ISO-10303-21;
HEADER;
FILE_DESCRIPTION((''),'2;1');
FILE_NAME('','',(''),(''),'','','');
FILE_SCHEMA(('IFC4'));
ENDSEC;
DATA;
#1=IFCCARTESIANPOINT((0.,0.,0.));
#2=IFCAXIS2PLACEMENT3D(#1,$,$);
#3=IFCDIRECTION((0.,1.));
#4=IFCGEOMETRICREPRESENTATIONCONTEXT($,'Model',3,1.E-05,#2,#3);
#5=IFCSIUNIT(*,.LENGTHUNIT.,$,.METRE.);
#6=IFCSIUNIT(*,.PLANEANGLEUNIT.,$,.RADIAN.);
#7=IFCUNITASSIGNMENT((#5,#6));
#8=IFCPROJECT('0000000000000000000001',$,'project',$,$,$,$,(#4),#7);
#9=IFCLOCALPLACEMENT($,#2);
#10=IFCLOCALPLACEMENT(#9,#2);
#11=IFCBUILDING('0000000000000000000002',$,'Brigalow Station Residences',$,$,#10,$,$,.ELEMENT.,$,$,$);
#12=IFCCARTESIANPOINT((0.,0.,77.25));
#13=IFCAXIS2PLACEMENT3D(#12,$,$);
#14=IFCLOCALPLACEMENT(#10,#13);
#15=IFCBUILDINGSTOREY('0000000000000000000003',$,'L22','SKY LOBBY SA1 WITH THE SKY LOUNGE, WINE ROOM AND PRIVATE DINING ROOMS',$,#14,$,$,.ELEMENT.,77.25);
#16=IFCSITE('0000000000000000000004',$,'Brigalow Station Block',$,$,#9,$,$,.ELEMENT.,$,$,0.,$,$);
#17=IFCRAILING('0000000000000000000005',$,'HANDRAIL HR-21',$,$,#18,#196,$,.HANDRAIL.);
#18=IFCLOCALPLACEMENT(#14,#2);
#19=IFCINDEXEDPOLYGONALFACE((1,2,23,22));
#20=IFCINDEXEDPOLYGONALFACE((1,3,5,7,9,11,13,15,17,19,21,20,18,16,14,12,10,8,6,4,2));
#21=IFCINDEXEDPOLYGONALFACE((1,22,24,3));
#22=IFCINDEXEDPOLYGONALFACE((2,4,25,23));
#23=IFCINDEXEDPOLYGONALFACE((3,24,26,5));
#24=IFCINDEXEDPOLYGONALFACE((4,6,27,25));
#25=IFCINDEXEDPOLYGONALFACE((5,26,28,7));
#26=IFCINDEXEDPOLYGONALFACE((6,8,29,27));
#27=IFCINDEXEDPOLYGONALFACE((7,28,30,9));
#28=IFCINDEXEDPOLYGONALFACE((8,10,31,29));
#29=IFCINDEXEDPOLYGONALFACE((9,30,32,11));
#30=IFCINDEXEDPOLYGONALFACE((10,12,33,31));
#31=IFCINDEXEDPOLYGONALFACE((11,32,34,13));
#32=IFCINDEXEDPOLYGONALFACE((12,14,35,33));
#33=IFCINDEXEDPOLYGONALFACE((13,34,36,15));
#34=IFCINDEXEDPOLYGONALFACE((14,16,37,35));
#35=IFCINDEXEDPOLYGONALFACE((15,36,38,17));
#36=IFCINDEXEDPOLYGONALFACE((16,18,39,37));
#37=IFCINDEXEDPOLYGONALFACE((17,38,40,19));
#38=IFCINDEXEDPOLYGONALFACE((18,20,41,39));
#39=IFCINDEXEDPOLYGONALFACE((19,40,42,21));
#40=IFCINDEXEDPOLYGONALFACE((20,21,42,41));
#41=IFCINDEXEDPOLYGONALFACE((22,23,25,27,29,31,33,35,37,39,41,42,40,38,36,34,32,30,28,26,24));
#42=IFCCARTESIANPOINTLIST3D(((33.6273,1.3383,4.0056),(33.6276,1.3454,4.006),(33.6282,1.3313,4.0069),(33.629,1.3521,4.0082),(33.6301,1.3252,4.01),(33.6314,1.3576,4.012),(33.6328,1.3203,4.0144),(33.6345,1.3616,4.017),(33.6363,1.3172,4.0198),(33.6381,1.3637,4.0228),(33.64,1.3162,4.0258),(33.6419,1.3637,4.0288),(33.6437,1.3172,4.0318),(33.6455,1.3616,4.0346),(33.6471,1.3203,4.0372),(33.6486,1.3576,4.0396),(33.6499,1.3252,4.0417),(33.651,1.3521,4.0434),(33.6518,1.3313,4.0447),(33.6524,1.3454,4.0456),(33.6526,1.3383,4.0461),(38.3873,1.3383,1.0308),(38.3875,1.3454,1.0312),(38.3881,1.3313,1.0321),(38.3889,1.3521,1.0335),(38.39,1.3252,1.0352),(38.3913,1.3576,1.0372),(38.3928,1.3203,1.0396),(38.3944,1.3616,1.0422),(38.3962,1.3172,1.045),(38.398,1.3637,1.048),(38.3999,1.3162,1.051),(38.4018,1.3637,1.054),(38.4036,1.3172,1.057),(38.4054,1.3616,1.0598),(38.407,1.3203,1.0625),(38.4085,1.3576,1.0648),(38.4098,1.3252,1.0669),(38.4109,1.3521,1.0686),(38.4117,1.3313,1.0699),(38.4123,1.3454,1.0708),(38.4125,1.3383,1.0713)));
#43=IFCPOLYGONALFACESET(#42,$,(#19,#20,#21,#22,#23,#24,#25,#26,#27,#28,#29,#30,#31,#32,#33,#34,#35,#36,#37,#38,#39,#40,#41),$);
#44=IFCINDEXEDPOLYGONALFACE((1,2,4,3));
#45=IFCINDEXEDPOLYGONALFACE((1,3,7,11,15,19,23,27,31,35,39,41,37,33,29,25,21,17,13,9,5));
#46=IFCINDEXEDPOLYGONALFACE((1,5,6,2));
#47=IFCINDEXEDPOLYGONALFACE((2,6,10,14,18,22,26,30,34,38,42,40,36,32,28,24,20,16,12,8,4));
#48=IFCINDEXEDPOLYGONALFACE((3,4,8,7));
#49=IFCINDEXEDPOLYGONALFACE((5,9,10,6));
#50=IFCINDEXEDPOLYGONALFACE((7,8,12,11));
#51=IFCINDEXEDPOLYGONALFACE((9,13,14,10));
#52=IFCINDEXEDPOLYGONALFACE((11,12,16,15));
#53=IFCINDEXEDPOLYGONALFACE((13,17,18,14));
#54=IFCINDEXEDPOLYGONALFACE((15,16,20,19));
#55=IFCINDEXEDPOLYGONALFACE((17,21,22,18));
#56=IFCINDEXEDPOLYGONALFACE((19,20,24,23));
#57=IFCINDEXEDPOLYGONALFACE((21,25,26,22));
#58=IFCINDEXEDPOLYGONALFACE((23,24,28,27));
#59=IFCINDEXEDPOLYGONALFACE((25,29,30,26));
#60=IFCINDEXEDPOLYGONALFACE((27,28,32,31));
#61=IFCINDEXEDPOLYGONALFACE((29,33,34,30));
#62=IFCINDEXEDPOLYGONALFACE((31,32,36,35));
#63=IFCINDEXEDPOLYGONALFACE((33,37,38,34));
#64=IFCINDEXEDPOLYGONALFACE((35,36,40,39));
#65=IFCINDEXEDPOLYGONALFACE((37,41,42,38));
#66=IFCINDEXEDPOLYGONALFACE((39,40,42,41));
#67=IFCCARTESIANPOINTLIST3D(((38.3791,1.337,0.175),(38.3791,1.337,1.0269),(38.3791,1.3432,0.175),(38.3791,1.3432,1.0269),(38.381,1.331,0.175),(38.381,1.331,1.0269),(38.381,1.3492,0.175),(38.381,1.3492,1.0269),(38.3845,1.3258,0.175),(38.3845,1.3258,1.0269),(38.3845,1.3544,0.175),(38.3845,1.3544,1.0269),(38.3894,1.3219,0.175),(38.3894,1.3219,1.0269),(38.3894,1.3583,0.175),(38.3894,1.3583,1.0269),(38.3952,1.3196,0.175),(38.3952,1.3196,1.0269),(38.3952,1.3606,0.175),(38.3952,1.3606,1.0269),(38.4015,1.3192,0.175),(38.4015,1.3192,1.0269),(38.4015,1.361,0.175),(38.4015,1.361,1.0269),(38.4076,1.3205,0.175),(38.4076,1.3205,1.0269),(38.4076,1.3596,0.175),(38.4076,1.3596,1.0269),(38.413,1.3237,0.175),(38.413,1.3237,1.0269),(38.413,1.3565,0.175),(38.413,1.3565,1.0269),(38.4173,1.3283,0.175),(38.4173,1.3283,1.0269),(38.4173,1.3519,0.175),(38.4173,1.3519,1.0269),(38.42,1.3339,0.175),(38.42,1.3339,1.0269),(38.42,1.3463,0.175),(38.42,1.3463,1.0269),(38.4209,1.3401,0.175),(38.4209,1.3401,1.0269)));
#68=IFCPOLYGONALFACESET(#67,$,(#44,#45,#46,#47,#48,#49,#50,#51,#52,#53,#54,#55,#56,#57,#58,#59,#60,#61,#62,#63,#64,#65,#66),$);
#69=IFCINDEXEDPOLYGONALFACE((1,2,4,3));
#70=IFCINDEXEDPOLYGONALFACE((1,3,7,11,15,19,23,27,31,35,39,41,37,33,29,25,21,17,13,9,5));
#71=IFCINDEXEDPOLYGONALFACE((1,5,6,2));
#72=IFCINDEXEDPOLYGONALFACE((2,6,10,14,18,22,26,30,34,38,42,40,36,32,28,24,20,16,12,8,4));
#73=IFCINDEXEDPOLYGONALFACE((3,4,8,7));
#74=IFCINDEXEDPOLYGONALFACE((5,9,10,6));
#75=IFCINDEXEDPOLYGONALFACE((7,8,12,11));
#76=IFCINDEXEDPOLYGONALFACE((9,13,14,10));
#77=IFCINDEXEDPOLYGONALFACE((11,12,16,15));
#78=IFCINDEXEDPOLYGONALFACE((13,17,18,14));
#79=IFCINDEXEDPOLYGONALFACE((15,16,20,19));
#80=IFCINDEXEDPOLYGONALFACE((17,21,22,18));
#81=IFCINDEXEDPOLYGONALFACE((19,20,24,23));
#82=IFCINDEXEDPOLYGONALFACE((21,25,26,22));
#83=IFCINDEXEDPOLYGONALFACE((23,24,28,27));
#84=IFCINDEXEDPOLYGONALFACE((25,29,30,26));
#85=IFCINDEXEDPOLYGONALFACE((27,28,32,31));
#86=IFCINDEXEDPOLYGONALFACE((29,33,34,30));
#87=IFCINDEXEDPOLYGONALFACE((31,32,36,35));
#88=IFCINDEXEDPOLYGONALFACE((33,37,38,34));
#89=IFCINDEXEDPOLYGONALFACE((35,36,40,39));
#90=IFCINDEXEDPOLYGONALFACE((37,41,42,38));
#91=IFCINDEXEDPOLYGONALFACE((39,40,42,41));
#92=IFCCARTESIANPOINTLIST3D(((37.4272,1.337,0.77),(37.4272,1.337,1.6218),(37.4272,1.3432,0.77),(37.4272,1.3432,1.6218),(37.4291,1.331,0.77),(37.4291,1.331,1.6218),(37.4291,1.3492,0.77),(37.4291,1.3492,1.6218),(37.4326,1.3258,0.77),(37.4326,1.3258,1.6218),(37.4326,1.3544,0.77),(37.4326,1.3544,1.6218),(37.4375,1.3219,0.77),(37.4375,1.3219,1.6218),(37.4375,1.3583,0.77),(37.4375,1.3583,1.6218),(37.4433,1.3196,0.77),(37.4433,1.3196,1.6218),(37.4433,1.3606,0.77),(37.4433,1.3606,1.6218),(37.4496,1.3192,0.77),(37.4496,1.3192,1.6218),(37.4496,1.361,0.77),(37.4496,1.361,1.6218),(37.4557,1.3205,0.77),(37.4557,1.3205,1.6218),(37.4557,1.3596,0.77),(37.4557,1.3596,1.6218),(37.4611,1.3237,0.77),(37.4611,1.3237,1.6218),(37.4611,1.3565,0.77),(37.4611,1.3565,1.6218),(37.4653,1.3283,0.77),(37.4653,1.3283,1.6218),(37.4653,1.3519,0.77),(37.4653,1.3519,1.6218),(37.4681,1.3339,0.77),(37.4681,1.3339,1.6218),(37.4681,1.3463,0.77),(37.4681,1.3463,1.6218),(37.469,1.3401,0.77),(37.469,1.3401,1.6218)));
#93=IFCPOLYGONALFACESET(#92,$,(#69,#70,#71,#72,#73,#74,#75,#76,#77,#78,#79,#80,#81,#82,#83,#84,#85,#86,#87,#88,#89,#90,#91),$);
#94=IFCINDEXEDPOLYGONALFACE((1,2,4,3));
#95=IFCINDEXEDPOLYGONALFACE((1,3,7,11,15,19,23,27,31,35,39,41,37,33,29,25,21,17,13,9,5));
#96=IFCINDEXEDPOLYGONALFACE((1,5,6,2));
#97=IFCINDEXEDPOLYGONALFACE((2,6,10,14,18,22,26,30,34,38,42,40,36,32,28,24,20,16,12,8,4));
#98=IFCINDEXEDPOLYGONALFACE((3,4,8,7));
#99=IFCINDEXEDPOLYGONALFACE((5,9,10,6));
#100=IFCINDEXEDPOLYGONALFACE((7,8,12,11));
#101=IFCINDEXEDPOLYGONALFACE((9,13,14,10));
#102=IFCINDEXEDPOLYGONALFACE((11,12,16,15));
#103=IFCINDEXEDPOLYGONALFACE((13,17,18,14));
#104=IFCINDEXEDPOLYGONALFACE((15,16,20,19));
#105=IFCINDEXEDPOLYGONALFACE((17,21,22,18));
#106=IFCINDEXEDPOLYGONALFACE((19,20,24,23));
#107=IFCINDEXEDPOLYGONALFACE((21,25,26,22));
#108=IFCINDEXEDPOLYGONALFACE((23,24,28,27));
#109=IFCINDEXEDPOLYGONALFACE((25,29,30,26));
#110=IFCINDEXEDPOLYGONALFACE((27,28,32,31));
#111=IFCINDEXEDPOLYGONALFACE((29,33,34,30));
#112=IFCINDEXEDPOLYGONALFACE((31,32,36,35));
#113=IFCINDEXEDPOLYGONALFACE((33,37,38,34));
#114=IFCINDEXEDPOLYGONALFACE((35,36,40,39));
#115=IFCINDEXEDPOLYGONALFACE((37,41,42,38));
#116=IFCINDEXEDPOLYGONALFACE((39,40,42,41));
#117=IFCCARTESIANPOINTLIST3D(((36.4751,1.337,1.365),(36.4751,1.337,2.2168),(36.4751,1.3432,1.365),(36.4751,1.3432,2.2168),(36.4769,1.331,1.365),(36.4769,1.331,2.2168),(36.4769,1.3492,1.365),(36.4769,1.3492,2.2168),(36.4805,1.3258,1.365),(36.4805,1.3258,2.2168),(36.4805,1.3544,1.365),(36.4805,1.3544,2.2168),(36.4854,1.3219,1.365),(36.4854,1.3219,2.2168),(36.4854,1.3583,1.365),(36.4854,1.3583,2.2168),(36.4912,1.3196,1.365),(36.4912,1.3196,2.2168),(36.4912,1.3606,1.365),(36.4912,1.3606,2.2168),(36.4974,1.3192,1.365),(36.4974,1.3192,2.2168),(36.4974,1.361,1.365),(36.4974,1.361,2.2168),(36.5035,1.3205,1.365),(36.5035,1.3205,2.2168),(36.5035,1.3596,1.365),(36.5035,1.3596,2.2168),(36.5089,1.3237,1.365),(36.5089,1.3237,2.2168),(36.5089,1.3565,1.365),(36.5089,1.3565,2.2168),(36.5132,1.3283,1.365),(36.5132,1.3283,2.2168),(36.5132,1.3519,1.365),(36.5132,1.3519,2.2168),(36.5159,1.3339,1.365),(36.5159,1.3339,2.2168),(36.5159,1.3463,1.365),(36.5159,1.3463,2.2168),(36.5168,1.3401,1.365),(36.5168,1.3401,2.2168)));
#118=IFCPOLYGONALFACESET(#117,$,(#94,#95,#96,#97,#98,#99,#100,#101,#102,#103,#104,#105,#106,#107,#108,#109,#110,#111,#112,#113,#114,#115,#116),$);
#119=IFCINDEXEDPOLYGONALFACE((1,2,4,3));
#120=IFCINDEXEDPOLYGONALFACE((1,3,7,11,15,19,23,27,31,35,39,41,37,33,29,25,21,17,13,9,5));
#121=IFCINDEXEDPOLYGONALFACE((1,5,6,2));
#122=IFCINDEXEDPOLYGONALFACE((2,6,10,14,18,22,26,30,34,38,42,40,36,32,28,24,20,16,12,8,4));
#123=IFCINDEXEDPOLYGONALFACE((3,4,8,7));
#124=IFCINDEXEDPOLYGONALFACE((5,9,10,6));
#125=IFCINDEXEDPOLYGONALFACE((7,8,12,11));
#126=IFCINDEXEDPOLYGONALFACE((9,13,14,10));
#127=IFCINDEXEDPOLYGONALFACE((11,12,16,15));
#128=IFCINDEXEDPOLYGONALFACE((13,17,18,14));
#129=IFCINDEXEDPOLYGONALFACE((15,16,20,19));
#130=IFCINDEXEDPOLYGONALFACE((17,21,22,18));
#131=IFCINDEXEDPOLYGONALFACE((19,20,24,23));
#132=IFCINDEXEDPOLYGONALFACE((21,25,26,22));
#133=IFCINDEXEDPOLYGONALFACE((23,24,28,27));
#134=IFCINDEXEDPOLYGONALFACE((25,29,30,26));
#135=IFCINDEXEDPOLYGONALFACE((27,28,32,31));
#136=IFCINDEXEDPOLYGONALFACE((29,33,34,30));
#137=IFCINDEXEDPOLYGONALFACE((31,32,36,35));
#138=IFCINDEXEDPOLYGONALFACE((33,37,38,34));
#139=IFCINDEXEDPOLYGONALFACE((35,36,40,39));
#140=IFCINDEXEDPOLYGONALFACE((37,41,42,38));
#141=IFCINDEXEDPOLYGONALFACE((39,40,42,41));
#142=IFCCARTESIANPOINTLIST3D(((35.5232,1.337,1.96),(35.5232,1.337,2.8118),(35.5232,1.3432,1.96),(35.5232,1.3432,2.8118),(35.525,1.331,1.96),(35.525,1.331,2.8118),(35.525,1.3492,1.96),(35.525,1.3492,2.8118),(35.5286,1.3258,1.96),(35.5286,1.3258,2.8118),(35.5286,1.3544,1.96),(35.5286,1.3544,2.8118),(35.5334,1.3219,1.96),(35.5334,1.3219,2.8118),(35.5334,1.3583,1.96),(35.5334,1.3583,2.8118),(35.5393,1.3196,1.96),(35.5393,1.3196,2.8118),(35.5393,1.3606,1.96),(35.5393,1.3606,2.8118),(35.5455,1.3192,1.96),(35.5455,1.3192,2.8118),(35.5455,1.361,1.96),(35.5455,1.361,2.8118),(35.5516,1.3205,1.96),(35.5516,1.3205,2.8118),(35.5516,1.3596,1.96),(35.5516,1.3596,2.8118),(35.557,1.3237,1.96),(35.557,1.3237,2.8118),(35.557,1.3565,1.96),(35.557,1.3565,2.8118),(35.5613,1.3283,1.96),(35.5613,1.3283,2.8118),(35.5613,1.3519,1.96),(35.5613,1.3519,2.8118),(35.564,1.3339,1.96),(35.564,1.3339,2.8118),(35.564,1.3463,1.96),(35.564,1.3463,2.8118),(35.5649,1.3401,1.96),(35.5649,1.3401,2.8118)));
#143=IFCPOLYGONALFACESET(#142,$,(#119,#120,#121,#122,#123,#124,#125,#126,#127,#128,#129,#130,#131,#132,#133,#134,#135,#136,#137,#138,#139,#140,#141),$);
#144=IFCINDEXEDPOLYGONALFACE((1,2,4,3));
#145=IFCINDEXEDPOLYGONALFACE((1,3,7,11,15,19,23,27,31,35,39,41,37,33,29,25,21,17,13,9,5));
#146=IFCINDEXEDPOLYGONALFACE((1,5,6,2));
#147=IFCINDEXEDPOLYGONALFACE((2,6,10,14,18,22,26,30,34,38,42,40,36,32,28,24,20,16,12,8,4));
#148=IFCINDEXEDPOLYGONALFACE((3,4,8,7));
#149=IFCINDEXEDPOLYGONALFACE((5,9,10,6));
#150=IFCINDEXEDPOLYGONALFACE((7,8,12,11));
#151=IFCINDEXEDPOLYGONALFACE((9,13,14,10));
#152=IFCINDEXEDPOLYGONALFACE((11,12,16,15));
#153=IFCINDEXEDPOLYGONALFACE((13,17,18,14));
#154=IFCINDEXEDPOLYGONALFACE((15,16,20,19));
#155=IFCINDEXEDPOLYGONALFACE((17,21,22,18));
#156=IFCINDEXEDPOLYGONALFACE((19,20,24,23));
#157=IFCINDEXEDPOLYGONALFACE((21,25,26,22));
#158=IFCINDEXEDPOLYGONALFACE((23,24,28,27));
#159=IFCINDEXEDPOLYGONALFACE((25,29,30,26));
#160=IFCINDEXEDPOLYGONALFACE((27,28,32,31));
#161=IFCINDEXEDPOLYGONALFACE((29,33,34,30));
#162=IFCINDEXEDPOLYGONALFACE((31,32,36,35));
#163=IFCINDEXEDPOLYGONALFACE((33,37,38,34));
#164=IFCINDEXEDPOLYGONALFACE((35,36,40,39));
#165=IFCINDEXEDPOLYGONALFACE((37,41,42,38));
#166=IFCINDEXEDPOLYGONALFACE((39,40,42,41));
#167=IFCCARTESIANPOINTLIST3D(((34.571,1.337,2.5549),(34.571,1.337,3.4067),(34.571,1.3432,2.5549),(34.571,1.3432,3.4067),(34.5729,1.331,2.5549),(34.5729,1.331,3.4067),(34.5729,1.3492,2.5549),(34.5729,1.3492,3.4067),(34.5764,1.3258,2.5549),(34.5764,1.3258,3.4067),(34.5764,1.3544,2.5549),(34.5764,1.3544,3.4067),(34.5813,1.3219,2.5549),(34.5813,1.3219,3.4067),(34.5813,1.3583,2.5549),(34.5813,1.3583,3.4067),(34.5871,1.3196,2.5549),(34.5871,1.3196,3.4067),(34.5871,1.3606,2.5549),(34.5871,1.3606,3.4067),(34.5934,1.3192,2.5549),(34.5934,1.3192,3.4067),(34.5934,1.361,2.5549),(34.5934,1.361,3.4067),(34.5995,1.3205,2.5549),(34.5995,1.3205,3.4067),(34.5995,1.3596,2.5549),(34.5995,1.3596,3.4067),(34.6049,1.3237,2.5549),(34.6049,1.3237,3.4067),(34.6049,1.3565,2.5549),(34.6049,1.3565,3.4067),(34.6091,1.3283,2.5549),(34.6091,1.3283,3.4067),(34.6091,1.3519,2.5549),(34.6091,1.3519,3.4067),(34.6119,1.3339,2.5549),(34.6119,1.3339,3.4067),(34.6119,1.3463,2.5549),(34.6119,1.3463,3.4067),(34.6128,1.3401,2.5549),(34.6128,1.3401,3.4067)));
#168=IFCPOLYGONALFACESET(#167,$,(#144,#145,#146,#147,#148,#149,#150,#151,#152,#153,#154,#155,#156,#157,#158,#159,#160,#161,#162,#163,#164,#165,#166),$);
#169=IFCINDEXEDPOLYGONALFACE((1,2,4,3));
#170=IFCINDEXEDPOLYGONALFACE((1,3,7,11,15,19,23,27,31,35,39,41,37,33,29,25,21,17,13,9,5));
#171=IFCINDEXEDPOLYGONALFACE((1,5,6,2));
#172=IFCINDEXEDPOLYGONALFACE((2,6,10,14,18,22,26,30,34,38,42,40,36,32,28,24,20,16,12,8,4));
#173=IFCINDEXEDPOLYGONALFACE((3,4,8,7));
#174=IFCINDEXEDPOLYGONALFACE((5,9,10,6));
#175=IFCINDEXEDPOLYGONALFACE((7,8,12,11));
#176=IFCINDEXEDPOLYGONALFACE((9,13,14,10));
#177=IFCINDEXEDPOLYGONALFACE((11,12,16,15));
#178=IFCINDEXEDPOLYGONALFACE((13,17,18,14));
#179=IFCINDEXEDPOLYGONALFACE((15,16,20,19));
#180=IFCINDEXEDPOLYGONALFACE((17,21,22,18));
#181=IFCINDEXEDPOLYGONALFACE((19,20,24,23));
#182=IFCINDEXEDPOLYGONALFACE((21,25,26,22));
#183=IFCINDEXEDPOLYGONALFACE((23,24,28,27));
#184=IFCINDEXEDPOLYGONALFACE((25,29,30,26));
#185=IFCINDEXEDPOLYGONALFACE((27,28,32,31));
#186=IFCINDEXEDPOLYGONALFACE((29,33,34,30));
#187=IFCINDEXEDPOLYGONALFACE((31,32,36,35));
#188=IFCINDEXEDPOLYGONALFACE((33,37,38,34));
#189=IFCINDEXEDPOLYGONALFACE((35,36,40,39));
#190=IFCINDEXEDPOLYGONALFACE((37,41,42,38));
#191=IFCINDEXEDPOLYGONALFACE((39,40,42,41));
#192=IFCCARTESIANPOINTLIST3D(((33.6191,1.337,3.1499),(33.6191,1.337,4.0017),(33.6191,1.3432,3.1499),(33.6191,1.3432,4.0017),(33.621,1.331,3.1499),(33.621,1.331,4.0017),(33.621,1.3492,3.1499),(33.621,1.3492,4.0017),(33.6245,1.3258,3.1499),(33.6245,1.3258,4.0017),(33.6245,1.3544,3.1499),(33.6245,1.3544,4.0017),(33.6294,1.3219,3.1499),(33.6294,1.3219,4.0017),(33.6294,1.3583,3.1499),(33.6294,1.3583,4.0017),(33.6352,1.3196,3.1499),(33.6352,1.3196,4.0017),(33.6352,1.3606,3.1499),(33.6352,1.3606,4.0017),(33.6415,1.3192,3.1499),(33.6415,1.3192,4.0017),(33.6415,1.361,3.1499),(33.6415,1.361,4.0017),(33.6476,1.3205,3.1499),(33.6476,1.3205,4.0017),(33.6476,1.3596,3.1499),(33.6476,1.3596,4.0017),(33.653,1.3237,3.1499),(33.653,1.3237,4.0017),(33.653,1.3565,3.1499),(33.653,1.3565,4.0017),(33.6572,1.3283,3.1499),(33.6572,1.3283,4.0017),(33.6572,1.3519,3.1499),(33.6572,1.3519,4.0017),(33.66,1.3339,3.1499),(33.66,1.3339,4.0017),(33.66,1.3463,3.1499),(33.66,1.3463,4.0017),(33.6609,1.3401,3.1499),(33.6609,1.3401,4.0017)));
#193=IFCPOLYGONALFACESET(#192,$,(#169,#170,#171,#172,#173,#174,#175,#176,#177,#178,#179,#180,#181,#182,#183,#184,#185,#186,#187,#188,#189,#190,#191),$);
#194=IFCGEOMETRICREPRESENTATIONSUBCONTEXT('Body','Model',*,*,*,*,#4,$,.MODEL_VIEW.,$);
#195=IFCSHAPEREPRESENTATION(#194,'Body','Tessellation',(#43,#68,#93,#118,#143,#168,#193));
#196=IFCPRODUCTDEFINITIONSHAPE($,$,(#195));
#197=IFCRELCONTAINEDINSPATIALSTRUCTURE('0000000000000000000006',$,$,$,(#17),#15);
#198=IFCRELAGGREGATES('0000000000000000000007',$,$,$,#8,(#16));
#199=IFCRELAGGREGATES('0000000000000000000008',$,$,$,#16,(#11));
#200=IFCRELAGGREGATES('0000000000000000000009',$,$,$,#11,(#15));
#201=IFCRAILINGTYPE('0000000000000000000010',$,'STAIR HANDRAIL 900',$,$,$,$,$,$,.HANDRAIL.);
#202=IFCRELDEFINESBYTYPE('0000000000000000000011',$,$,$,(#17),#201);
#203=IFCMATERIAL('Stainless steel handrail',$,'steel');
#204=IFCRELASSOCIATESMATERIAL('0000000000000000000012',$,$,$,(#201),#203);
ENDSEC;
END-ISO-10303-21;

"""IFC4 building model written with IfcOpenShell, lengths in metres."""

from ifc_helpers import new_model, si_unit, direction, frame, origin, origin_2d, place, context, subcontext, project, spatial, circle, extrude, material, type_object, element, save


model = new_model("IFC4")

# Units and contexts
model_context = context("Model", 3, precision=1e-05, world=origin(), true_north=direction((0.0, 1.0)))
body_context = subcontext(model_context, "Body", "Model", "MODEL_VIEW")
ifc_project = project(units=[si_unit("LENGTHUNIT", "METRE"), si_unit("PLANEANGLEUNIT", "RADIAN")], contexts=[model_context])

# Site, building, storey
site_placement = place(None, origin())
site = spatial("IfcSite", under=ifc_project, at=site_placement, Name="Brigalow Station Block", CompositionType="ELEMENT", RefElevation=0.0)
building_placement = place(site_placement, origin())
building = spatial("IfcBuilding", under=site, at=building_placement, Name="Brigalow Station Residences", CompositionType="ELEMENT")
storey_placement = place(building_placement, frame((0.0, 0.0, 77.25)))
storey = spatial("IfcBuildingStorey", under=building, at=storey_placement, Name="L22", Description="SKY LOBBY SA1 WITH THE SKY LOUNGE, WINE ROOM AND PRIVATE DINING ROOMS", CompositionType="ELEMENT", Elevation=77.25)

# Railing
ifc_material_1 = material(Name="Stainless steel handrail", Category="steel")
railing_type_1 = type_object("IfcRailingType", Name="STAIR HANDRAIL 900", PredefinedType="HANDRAIL", material=ifc_material_1)
railing_1_placement = place(storey_placement, frame((38.3999, 1.3401, 0.175)))
element("IfcRailing", 1, at=railing_1_placement, inside=storey, type_object=railing_type_1, Name="HANDRAIL HR-21", PredefinedType="HANDRAIL", context=body_context, shape_type="SweptSolid", body=[
    extrude(circle(Radius=0.0239, at=origin_2d()), frame((0.0, 0.0, 0.876), z_axis=(-0.848011, 0.0, 0.529979), x_axis=(0.0, -1.0, 0.0)), (0.0, 0.0, 1.0), 5.613),
    extrude(circle(Radius=0.021, at=origin_2d()), origin(), (0.0, 0.0, 1.0), 0.8518),
    extrude(circle(Radius=0.021, at=origin_2d()), frame((-0.9519, 0.0, 0.595)), (0.0, 0.0, 1.0), 0.8518),
    extrude(circle(Radius=0.021, at=origin_2d()), frame((-1.9041, 0.0, 1.1899)), (0.0, 0.0, 1.0), 0.8518),
    extrude(circle(Radius=0.021, at=origin_2d()), frame((-2.856, 0.0, 1.7849)), (0.0, 0.0, 1.0), 0.8518),
    extrude(circle(Radius=0.021, at=origin_2d()), frame((-3.8081, 0.0, 2.3799)), (0.0, 0.0, 1.0), 0.8518),
    extrude(circle(Radius=0.021, at=origin_2d()), frame((-4.76, 0.0, 2.9749)), (0.0, 0.0, 1.0), 0.8518),
])

save(model, "model.ifc")
